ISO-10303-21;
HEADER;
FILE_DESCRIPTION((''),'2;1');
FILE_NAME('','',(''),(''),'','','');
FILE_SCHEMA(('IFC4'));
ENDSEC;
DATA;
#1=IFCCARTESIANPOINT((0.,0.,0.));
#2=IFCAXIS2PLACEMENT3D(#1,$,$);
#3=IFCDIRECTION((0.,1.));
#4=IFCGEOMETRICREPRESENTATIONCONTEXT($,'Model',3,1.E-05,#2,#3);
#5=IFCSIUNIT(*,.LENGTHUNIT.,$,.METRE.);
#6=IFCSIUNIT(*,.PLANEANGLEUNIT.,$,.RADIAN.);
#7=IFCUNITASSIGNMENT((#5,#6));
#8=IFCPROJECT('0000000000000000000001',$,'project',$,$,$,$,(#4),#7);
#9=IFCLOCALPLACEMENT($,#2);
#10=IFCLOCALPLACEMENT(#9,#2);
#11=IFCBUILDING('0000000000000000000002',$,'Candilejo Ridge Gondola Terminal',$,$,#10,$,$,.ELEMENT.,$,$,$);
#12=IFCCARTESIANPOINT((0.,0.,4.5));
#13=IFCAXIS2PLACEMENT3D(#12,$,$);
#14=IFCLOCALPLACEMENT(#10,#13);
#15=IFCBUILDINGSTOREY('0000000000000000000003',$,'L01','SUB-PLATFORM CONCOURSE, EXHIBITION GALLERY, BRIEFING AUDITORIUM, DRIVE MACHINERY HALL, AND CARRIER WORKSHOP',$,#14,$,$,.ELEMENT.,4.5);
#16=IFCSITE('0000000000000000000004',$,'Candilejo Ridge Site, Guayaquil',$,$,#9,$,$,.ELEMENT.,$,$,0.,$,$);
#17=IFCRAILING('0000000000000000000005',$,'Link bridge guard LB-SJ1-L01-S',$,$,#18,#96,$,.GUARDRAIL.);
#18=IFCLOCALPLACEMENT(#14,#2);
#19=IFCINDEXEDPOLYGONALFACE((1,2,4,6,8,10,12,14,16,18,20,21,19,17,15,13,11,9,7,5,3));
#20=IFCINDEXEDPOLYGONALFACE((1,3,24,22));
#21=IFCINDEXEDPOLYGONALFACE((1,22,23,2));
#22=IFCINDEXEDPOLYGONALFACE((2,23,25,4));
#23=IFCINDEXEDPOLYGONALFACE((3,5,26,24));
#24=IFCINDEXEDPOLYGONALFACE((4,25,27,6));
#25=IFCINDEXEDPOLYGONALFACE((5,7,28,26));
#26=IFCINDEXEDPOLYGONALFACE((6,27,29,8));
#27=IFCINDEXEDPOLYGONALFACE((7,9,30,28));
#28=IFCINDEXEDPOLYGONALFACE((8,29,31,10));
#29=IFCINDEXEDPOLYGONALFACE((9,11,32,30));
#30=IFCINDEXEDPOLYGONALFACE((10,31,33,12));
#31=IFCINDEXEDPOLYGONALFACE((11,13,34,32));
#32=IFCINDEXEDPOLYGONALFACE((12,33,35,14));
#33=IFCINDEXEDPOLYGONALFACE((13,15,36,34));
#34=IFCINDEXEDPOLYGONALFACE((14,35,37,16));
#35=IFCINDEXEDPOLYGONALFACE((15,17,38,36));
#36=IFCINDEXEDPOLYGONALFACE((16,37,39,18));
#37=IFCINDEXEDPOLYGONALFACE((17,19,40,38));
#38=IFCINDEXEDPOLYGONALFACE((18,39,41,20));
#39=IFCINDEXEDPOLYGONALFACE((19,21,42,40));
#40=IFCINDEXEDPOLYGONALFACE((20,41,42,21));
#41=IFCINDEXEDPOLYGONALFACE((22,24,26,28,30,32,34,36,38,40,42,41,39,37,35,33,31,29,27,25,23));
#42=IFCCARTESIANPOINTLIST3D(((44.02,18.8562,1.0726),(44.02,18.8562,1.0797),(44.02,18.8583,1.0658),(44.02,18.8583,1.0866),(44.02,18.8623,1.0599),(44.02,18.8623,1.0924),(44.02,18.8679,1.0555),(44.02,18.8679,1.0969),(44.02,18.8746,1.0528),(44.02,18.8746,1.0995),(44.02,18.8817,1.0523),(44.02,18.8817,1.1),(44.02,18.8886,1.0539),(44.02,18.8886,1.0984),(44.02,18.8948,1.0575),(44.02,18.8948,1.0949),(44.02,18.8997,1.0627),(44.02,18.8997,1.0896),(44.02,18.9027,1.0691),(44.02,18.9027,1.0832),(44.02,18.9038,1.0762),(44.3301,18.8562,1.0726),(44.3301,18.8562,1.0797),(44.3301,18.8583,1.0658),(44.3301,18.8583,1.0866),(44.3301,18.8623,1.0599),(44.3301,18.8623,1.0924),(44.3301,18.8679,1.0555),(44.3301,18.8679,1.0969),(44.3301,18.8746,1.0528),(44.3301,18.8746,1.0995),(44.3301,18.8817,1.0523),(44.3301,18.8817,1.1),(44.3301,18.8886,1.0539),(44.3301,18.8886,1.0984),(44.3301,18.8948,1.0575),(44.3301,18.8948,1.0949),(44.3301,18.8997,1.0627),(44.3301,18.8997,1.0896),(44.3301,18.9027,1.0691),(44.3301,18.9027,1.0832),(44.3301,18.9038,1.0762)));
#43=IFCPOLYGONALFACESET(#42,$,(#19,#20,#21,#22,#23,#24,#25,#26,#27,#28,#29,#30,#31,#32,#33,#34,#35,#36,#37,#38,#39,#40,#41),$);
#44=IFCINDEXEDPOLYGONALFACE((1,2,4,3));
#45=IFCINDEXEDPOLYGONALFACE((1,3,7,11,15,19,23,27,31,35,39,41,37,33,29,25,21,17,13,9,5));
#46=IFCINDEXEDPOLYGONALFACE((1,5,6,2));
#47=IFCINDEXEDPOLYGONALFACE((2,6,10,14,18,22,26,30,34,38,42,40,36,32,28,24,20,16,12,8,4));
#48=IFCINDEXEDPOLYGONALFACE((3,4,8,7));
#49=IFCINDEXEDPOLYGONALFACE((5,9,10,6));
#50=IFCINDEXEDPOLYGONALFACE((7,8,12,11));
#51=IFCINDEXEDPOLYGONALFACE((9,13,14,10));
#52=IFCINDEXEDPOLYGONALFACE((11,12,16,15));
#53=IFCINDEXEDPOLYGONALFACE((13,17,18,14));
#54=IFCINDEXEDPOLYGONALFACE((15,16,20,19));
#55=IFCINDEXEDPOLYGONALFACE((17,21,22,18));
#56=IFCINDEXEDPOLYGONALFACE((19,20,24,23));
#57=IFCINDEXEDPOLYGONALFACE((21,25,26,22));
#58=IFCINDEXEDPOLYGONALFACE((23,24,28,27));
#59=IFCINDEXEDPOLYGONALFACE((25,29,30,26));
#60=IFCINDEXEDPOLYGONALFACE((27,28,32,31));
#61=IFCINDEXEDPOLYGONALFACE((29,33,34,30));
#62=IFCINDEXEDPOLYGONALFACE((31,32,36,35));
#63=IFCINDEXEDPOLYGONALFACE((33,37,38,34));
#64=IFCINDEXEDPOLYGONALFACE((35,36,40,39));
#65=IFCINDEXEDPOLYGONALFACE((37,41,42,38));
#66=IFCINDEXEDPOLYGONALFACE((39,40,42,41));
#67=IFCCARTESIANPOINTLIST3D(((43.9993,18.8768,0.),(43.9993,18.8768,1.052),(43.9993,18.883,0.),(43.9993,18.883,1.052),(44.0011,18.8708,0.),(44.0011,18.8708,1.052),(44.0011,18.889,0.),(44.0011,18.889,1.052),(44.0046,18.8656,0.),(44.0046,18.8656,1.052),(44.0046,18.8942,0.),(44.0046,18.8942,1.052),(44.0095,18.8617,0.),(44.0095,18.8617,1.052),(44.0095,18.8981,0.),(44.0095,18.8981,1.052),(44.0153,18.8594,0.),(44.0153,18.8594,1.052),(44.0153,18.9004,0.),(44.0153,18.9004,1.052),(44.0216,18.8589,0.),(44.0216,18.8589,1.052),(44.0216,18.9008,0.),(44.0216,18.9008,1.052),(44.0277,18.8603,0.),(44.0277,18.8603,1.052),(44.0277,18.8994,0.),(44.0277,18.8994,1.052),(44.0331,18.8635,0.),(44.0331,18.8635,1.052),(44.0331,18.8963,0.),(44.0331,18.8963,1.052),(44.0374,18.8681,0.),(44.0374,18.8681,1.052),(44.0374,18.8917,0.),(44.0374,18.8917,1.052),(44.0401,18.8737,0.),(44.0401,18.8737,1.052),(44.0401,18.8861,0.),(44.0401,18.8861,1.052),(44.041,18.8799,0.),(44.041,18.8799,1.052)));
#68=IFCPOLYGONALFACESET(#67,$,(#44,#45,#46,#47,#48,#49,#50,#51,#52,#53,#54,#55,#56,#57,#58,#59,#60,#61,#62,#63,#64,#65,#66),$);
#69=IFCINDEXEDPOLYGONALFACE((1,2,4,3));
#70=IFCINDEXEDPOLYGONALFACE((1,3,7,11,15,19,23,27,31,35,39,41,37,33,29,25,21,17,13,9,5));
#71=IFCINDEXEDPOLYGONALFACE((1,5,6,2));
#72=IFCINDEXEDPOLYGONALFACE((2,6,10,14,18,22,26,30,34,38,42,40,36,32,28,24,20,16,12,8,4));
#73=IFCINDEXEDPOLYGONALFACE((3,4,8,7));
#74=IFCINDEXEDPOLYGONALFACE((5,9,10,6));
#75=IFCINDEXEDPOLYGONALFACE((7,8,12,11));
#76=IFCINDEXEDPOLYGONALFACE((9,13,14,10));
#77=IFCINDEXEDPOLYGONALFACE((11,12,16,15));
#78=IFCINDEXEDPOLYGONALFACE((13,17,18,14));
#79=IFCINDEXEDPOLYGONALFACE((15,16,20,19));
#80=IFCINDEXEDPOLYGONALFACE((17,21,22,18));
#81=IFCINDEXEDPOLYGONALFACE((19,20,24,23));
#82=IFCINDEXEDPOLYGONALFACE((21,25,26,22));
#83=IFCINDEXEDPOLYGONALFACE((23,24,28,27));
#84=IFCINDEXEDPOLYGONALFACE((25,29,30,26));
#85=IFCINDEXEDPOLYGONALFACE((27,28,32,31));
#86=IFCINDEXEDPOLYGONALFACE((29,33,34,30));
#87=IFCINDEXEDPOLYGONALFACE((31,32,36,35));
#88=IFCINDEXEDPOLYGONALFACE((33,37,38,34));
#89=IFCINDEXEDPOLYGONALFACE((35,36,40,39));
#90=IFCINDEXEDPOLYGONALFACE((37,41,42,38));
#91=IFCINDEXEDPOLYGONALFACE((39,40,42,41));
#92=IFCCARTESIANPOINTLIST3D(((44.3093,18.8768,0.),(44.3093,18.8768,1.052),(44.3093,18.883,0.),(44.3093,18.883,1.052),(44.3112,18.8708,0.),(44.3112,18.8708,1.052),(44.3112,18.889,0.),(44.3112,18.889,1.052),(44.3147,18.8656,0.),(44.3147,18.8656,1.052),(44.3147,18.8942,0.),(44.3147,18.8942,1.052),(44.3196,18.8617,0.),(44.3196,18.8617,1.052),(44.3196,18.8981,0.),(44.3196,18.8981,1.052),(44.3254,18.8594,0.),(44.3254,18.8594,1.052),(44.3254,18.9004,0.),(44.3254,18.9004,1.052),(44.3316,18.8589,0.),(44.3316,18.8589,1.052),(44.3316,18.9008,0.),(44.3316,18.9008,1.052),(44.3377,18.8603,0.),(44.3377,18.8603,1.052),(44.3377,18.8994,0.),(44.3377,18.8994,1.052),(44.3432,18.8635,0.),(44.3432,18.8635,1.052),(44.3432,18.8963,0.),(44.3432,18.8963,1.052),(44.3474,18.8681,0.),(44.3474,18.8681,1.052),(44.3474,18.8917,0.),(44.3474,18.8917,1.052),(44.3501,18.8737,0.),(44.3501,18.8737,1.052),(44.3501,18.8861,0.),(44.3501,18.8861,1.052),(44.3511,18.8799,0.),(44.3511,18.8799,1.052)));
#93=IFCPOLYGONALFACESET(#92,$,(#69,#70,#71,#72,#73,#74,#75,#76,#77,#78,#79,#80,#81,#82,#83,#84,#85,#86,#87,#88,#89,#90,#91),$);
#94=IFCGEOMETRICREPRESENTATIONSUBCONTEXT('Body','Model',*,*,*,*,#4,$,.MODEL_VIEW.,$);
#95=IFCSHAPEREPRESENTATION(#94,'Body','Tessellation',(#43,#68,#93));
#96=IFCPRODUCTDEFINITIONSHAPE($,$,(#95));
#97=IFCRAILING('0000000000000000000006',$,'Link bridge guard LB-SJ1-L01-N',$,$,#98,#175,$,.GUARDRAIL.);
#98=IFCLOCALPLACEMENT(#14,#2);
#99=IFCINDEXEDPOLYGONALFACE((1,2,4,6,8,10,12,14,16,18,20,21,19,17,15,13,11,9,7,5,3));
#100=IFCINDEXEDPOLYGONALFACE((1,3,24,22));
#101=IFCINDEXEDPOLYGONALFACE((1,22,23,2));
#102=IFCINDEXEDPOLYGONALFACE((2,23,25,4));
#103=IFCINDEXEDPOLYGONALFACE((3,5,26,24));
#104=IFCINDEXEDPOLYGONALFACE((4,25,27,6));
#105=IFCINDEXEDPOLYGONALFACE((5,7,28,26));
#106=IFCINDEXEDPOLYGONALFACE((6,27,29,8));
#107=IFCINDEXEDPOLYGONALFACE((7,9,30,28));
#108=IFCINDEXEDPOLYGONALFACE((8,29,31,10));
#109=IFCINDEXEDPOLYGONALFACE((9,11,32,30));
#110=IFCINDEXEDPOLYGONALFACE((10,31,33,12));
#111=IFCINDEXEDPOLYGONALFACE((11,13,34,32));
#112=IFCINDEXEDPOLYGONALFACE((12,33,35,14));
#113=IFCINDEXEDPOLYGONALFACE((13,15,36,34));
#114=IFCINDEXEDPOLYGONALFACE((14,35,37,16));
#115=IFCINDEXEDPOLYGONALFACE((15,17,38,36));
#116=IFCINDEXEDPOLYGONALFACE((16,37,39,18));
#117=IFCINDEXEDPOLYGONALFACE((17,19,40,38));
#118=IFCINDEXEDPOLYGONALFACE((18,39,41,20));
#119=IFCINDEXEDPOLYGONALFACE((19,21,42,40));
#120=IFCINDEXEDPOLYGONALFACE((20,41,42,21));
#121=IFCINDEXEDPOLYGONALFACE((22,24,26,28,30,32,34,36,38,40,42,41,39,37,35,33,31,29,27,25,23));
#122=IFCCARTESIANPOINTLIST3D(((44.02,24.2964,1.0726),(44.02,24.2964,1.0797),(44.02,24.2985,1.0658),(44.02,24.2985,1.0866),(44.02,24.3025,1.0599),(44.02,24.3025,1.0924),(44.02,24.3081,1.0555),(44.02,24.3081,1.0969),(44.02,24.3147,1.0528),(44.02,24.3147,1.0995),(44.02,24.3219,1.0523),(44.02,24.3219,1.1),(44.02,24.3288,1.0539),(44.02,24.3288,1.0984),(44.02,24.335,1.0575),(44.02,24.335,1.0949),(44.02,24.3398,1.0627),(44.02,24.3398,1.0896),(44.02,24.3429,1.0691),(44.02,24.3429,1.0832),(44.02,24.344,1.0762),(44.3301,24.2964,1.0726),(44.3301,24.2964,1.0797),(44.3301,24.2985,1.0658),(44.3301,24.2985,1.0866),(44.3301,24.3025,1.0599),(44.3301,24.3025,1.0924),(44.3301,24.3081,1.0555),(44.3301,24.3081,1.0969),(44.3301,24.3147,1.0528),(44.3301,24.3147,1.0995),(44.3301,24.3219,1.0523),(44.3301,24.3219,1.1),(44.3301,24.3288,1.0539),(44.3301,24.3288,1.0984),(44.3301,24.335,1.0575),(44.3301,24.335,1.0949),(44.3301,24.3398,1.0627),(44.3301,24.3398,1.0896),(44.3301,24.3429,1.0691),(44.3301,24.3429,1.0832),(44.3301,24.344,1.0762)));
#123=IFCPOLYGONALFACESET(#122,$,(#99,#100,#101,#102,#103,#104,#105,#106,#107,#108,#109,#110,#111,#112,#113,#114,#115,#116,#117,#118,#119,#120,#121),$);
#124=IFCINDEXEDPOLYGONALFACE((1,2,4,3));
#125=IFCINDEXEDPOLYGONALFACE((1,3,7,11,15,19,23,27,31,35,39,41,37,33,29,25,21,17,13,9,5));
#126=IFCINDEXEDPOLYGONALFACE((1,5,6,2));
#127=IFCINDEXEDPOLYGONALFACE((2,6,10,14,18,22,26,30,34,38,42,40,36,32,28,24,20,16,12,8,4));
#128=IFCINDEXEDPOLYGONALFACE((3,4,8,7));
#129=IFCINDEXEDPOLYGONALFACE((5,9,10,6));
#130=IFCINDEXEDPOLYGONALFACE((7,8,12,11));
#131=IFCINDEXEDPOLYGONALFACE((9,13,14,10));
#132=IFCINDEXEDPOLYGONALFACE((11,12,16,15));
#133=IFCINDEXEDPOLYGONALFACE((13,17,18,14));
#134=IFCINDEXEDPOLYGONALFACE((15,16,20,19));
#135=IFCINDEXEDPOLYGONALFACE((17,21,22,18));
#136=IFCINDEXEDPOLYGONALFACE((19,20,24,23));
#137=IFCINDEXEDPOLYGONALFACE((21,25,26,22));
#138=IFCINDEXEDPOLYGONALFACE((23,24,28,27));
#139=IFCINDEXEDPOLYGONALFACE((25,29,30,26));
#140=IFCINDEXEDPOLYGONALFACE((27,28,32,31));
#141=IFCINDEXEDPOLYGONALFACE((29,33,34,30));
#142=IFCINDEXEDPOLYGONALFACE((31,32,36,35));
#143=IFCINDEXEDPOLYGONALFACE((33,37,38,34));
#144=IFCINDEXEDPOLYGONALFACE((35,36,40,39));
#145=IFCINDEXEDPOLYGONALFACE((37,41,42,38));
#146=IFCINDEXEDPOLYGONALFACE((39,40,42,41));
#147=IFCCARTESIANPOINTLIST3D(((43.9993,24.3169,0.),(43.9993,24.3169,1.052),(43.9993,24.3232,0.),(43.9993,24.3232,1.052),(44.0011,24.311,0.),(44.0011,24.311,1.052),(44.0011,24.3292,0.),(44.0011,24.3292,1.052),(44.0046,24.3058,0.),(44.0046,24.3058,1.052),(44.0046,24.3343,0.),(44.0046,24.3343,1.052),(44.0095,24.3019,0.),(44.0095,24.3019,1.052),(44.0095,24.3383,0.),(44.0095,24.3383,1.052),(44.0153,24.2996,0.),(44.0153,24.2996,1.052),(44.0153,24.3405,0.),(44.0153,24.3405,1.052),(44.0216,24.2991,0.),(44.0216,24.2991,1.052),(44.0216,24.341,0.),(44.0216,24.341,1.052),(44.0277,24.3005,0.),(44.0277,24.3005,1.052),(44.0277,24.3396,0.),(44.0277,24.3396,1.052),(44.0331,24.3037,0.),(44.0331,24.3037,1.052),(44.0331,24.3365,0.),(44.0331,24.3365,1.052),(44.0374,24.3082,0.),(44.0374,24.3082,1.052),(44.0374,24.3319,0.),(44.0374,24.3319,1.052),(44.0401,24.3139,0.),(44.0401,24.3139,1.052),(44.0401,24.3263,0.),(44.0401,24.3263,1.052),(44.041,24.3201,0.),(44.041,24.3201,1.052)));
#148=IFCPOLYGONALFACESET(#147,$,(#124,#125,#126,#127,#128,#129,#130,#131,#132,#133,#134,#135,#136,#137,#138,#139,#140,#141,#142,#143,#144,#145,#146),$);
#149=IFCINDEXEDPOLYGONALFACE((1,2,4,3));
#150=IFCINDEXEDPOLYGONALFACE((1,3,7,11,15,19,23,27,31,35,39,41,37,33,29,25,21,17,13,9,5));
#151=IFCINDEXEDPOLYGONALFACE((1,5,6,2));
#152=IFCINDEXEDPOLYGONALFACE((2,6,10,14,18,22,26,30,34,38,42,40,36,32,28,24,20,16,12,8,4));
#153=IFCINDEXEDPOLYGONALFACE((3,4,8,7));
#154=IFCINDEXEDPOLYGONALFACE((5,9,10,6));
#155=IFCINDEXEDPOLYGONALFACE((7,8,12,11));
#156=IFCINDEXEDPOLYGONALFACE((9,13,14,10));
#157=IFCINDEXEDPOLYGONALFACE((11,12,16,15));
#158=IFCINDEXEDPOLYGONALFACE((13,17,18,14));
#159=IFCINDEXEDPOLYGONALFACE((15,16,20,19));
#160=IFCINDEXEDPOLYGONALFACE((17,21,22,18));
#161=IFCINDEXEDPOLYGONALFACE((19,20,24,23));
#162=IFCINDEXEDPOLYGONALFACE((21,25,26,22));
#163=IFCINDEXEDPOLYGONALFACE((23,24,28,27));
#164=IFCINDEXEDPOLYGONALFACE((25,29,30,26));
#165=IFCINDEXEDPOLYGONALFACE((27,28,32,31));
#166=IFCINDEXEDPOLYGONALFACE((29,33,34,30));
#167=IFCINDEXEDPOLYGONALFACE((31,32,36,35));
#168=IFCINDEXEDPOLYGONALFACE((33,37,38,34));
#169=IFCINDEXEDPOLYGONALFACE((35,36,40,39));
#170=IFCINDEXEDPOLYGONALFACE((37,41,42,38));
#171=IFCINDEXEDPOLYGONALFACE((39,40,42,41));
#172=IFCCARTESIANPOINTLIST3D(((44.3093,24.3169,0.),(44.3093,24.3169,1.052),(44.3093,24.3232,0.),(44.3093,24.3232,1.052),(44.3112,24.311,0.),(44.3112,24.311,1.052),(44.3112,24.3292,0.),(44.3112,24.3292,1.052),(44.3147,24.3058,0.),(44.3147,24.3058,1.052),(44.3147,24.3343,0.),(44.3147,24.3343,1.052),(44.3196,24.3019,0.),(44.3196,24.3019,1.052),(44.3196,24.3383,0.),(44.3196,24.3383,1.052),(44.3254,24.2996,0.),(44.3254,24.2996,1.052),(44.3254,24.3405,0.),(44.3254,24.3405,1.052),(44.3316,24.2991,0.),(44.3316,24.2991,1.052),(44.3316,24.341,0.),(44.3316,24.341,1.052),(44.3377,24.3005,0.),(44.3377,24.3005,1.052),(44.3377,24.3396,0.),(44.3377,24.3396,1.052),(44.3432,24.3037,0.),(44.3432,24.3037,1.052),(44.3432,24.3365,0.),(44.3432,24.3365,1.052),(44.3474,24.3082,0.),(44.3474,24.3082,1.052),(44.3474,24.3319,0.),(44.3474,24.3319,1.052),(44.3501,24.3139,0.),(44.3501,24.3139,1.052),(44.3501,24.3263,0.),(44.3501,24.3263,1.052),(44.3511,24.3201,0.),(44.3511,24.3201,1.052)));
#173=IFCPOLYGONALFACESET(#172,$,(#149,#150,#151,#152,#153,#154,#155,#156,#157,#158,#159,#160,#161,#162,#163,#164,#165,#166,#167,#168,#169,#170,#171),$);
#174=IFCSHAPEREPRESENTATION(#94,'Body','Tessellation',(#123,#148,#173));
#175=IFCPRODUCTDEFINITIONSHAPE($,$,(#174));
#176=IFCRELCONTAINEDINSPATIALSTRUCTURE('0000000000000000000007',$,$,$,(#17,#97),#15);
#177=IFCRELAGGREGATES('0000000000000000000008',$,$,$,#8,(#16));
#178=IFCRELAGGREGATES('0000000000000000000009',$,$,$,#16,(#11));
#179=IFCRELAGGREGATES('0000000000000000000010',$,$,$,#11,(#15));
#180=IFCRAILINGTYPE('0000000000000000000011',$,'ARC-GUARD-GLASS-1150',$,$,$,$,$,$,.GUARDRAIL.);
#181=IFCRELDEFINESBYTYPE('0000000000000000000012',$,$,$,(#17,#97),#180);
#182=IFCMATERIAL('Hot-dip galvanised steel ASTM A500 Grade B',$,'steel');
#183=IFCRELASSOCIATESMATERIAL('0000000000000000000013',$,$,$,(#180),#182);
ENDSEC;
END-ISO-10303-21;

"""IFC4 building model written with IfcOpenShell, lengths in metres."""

from ifc_helpers import new_model, si_unit, direction, frame, origin, origin_2d, place, context, subcontext, project, spatial, circle, extrude, material, type_object, element, save


model = new_model("IFC4")

# Units and contexts
model_context = context("Model", 3, precision=1e-05, world=origin(), true_north=direction((0.0, 1.0)))
body_context = subcontext(model_context, "Body", "Model", "MODEL_VIEW")
ifc_project = project(units=[si_unit("LENGTHUNIT", "METRE"), si_unit("PLANEANGLEUNIT", "RADIAN")], contexts=[model_context])

# Site, building, storey
site_placement = place(None, origin())
site = spatial("IfcSite", under=ifc_project, at=site_placement, Name="Candilejo Ridge Site, Guayaquil", CompositionType="ELEMENT", RefElevation=0.0)
building_placement = place(site_placement, origin())
building = spatial("IfcBuilding", under=site, at=building_placement, Name="Candilejo Ridge Gondola Terminal", CompositionType="ELEMENT")
storey_placement = place(building_placement, frame((0.0, 0.0, 4.5)))
storey = spatial("IfcBuildingStorey", under=building, at=storey_placement, Name="L01", Description="SUB-PLATFORM CONCOURSE, EXHIBITION GALLERY, BRIEFING AUDITORIUM, DRIVE MACHINERY HALL, AND CARRIER WORKSHOP", CompositionType="ELEMENT", Elevation=4.5)

# Railings
ifc_material_1 = material(Name="Hot-dip galvanised steel ASTM A500 Grade B", Category="steel")
railing_type = type_object("IfcRailingType", Name="ARC-GUARD-GLASS-1150", PredefinedType="GUARDRAIL", material=ifc_material_1)
for number, where, name in (
    (1, (44.02, 18.8799, 0.0), "Link bridge guard LB-SJ1-L01-S"),
    (2, (44.02, 24.3201, 0.0), "Link bridge guard LB-SJ1-L01-N"),
):
    element("IfcRailing", number, at=place(storey_placement, frame(where)), inside=storey, type_object=railing_type, Name=name, PredefinedType="GUARDRAIL", context=body_context, shape_type="SweptSolid", body=[
        extrude(circle(Radius=0.0239, at=origin_2d()), frame((0.0, 0.0, 1.0762), z_axis=(1.0, 0.0, 0.0), x_axis=(0.0, 1.0, 0.0)), (0.0, 0.0, 1.0), 0.3101),
        extrude(circle(Radius=0.021, at=origin_2d()), origin(), (0.0, 0.0, 1.0), 1.052),
        extrude(circle(Radius=0.021, at=origin_2d()), frame((0.3101, 0.0, 0.0)), (0.0, 0.0, 1.0), 1.052),
    ])

save(model, "model.ifc")
